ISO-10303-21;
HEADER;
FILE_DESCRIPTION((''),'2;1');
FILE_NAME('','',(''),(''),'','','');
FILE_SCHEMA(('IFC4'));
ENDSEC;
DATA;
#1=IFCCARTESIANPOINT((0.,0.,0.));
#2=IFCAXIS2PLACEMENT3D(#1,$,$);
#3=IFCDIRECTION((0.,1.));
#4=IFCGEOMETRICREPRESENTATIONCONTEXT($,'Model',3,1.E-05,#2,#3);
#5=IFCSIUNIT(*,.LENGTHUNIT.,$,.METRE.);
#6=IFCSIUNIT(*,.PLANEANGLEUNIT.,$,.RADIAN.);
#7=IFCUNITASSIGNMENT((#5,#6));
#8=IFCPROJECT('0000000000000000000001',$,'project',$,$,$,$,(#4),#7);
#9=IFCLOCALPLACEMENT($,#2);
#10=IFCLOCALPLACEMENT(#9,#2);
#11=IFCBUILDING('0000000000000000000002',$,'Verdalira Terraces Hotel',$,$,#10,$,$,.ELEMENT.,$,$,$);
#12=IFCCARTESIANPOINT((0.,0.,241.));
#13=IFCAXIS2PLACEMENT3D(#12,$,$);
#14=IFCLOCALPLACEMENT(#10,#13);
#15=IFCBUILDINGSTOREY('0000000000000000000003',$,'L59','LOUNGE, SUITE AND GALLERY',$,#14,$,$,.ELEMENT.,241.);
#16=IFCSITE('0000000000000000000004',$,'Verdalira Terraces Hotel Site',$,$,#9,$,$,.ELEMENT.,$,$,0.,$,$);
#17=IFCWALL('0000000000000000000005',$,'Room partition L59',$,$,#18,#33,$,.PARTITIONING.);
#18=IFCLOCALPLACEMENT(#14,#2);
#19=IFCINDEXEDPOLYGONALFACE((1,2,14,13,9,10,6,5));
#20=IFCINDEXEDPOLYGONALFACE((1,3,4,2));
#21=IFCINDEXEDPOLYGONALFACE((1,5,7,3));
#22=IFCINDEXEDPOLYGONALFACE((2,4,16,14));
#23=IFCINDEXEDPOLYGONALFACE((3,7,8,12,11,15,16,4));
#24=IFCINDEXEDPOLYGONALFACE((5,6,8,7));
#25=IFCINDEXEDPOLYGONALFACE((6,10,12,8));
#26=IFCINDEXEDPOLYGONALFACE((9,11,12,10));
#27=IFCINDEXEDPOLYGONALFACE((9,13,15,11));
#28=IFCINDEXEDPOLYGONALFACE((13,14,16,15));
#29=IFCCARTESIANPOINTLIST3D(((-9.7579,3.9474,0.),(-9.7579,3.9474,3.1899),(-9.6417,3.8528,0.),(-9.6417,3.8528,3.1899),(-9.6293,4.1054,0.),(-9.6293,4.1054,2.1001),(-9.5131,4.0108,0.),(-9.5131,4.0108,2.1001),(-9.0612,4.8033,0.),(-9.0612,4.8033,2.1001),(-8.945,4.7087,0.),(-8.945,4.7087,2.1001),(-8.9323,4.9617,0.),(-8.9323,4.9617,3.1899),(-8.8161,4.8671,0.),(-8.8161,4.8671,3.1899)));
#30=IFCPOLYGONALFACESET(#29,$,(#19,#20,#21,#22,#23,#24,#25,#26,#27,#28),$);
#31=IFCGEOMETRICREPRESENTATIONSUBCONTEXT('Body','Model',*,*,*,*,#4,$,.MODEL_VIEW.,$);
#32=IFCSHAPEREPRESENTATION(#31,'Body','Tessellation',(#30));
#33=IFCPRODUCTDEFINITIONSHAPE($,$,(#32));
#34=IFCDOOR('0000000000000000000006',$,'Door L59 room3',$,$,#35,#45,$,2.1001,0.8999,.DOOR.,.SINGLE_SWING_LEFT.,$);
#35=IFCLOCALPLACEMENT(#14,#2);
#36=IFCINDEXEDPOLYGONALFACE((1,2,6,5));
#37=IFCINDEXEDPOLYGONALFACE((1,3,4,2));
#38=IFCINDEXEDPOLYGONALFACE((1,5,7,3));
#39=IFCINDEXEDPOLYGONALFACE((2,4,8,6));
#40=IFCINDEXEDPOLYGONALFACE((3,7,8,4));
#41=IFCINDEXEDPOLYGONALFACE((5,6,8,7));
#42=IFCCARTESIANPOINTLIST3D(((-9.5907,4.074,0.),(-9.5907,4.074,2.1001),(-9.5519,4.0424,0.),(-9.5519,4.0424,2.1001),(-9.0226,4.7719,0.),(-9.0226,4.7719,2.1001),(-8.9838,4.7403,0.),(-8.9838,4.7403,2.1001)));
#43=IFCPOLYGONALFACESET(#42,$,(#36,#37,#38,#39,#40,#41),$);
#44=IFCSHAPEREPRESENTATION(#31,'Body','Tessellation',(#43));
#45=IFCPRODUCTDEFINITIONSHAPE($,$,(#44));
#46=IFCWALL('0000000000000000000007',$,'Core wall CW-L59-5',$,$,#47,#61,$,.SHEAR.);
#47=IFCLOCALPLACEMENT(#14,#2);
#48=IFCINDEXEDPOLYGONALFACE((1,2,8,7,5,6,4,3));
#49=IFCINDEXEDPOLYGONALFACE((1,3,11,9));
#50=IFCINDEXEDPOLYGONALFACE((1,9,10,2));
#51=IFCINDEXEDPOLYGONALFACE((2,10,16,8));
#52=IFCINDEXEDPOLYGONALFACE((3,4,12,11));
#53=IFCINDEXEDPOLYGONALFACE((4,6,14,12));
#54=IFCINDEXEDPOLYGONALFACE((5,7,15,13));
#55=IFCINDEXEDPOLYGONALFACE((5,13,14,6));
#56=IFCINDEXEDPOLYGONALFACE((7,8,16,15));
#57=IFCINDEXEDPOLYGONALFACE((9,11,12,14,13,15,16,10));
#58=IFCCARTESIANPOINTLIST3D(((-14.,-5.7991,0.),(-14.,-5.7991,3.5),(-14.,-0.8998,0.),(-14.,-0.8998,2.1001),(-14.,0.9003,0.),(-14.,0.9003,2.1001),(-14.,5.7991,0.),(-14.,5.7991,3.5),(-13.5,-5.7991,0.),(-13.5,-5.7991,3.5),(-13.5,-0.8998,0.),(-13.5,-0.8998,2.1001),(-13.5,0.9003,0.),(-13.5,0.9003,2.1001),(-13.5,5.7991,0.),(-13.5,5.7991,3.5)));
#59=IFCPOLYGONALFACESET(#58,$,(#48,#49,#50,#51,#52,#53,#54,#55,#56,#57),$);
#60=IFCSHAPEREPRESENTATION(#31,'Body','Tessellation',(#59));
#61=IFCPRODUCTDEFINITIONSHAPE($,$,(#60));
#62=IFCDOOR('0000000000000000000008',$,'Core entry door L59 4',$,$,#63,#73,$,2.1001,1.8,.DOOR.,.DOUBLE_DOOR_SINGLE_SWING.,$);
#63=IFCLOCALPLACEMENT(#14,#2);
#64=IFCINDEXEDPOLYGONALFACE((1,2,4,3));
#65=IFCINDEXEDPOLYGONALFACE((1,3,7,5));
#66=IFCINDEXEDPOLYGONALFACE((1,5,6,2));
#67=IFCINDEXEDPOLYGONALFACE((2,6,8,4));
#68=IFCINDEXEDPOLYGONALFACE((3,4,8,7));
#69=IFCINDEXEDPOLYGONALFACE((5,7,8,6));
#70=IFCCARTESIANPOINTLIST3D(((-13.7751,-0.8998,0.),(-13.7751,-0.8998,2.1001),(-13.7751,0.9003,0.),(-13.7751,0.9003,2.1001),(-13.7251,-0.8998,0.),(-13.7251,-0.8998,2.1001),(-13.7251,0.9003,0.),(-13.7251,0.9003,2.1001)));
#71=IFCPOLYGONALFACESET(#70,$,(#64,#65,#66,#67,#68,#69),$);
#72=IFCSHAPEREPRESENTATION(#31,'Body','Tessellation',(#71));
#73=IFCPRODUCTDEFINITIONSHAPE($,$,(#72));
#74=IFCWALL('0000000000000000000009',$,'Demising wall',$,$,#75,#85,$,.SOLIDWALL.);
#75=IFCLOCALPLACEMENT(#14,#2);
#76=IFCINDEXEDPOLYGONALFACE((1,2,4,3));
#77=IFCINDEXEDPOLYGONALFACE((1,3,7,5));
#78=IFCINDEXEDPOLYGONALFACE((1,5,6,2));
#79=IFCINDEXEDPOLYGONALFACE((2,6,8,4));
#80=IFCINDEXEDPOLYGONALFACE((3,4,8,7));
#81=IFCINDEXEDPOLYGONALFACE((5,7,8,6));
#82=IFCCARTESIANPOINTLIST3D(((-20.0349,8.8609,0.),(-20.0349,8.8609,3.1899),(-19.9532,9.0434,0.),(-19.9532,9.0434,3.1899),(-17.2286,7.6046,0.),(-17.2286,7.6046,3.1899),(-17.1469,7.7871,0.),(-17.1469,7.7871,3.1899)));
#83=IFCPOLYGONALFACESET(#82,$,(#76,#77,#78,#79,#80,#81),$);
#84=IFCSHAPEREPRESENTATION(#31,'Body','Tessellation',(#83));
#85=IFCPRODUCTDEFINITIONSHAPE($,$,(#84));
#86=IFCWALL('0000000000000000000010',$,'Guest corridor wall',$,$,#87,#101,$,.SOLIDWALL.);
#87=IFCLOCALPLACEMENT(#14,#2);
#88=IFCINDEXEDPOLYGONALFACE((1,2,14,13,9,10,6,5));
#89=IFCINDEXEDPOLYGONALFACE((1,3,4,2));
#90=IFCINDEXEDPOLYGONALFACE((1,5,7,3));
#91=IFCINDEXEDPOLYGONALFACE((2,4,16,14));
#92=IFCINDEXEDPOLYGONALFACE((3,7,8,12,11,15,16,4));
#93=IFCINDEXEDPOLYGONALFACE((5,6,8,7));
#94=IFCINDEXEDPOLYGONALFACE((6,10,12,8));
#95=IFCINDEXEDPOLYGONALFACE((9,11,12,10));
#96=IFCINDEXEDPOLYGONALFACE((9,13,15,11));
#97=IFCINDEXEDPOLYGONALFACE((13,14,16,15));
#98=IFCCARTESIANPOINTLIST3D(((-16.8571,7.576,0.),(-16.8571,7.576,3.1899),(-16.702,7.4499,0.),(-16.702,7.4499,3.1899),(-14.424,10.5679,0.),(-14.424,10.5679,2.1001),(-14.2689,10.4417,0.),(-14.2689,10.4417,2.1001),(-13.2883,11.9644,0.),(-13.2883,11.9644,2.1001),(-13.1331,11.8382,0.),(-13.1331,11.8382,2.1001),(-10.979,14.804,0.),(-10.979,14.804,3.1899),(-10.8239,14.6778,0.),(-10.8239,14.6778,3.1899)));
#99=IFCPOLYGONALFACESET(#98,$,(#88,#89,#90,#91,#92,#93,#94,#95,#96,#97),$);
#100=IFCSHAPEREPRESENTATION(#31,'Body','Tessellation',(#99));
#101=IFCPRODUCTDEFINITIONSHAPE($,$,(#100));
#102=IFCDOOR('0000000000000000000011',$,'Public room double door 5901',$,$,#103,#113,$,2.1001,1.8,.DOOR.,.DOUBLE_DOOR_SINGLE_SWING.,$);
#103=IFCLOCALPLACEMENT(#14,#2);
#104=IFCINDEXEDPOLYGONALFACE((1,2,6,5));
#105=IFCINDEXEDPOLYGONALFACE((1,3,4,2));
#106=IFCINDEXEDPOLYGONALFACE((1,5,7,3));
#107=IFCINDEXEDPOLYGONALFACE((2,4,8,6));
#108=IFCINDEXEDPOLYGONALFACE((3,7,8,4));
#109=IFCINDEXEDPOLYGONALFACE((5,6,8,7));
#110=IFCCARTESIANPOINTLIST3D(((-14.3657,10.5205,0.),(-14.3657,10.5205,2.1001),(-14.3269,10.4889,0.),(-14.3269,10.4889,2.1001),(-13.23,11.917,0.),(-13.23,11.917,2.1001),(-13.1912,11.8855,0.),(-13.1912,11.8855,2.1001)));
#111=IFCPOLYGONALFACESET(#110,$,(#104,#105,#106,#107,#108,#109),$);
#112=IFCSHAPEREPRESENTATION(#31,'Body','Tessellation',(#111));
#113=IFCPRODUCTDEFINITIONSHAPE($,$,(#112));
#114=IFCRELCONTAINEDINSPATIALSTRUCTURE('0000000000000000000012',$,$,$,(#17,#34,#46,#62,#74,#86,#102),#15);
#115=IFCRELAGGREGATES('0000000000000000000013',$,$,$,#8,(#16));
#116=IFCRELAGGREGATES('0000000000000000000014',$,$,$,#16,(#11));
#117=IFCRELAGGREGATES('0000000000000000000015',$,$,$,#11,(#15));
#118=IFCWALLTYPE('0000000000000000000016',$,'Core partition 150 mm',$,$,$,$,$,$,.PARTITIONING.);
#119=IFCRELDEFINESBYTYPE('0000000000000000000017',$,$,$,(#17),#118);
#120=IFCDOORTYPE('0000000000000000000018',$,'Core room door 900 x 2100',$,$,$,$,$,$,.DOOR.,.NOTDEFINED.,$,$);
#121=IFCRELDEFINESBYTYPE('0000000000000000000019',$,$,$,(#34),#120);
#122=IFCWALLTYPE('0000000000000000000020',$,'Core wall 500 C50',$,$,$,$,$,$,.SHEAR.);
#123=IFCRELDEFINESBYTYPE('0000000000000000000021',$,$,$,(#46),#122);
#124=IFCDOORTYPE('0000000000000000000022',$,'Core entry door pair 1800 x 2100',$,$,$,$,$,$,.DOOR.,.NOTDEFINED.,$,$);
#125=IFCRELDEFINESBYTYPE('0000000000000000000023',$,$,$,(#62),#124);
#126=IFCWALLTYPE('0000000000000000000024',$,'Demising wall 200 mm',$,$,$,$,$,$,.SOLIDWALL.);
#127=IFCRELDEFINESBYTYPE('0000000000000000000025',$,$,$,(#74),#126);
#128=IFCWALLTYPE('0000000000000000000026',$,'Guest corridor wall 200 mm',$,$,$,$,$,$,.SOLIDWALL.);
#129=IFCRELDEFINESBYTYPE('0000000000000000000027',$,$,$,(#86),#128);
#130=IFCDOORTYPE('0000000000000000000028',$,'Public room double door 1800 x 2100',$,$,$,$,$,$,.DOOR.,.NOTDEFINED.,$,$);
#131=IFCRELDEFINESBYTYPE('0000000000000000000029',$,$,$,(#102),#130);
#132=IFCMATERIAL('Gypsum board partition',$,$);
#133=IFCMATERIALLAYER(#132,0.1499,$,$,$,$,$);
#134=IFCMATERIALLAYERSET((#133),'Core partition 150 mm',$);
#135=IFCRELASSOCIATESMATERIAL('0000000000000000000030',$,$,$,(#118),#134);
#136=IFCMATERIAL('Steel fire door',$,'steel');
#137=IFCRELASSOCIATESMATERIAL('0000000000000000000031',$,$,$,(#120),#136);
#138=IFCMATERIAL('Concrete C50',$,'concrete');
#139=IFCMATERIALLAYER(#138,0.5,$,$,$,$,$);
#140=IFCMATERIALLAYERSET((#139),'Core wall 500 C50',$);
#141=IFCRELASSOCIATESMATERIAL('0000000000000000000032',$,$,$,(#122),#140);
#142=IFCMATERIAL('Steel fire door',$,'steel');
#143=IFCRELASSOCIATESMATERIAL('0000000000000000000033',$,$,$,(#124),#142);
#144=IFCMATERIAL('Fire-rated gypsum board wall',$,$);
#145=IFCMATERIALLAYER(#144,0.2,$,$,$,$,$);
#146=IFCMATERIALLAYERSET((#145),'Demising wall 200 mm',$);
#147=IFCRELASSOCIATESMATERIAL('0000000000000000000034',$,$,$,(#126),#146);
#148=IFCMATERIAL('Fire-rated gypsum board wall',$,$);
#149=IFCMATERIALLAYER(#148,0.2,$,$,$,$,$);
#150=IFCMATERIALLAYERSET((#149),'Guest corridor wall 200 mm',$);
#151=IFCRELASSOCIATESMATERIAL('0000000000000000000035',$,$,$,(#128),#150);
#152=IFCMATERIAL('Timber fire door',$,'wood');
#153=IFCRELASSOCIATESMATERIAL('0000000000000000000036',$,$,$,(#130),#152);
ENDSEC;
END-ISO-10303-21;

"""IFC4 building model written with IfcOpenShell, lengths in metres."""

from ifc_helpers import new_model, si_unit, direction, frame, frame_2d, origin, place, context, subcontext, project, spatial, rectangle, extrude, material, layer, layer_set, type_object, element, fill, save


model = new_model("IFC4")

# Units and contexts
model_context = context("Model", 3, precision=1e-05, world=origin(), true_north=direction((0.0, 1.0)))
body_context = subcontext(model_context, "Body", "Model", "MODEL_VIEW")
ifc_project = project(units=[si_unit("LENGTHUNIT", "METRE"), si_unit("PLANEANGLEUNIT", "RADIAN")], contexts=[model_context])

# Site, building, storey
site_placement = place(None, origin())
site = spatial("IfcSite", under=ifc_project, at=site_placement, Name="Verdalira Terraces Hotel Site", CompositionType="ELEMENT", RefElevation=0.0)
building_placement = place(site_placement, origin())
building = spatial("IfcBuilding", under=site, at=building_placement, Name="Verdalira Terraces Hotel", CompositionType="ELEMENT")
storey_placement = place(building_placement, frame((0.0, 0.0, 241.0)))
storey = spatial("IfcBuildingStorey", under=building, at=storey_placement, Name="L59", Description="LOUNGE, SUITE AND GALLERY", CompositionType="ELEMENT", Elevation=241.0)

# Walls, openings, doors
ifc_material_1 = material(Name="Gypsum board partition")
ifc_layer_1 = layer(ifc_material_1, 0.1499)
ifc_layer_set_1 = layer_set([ifc_layer_1], Name="Core partition 150 mm")
wall_type_1 = type_object("IfcWallType", Name="Core partition 150 mm", PredefinedType="PARTITIONING", material=ifc_layer_set_1)
wall_1_placement = place(storey_placement, frame((-8.8743, 4.9143, 0.0), z_axis=(0.0, 0.0, 1.0), x_axis=(-0.631274, -0.77556, 0.0)))
wall_1 = element("IfcWall", 1, at=wall_1_placement, inside=storey, type_object=wall_type_1, Name="Room partition L59", PredefinedType="PARTITIONING", context=body_context, shape_type="SweptSolid", body=[
    extrude(rectangle(XDim=1.3079, YDim=0.1499, at=frame_2d((0.6538, 0.0))), origin(), (0.0, 0.0, 1.0), 3.1899),
])
opening_1_placement = place(wall_1_placement, frame((0.2041, 0.0, 0.0)))
opening_1 = element("IfcOpeningElement", 2, at=opening_1_placement, cuts=wall_1, PredefinedType="OPENING", context=body_context, shape_type="SweptSolid", body=[
    extrude(rectangle(XDim=0.8999, YDim=2.1001, at=frame_2d((0.45, 1.05))), frame((0.0, 0.085, 0.0), z_axis=(0.0, -1.0, 0.0), x_axis=(1.0, 0.0, 0.0)), (0.0, 0.0, 1.0), 0.1699),
])
ifc_material_2 = material(Name="Steel fire door", Category="steel")
door_type_1 = type_object("IfcDoorType", Name="Core room door 900 x 2100", OperationType="NOTDEFINED", PredefinedType="DOOR", material=ifc_material_2)
door_1_placement = place(opening_1_placement, origin())
door_1 = element("IfcDoor", 3, at=door_1_placement, inside=storey, type_object=door_type_1, Name="Door L59 room3", OperationType="SINGLE_SWING_LEFT", OverallHeight=2.1001, OverallWidth=0.8999, PredefinedType="DOOR", context=body_context, shape_type="SweptSolid", body=[
    extrude(rectangle(XDim=0.8999, YDim=2.1001, at=frame_2d((0.45, 1.05))), frame((0.0, 0.0249, 0.0), z_axis=(0.0, -1.0, 0.0), x_axis=(1.0, 0.0, 0.0)), (0.0, 0.0, 1.0), 0.05),
])
fill(opening_1, door_1)
ifc_material_3 = material(Name="Concrete C50", Category="concrete")
ifc_layer_2 = layer(ifc_material_3, 0.5)
ifc_layer_set_2 = layer_set([ifc_layer_2], Name="Core wall 500 C50")
wall_type_2 = type_object("IfcWallType", Name="Core wall 500 C50", PredefinedType="SHEAR", material=ifc_layer_set_2)
wall_2_placement = place(storey_placement, frame((-13.75, 5.7991, 0.0), z_axis=(0.0, 0.0, 1.0), x_axis=(0.0, -1.0, 0.0)))
wall_2 = element("IfcWall", 4, at=wall_2_placement, inside=storey, type_object=wall_type_2, Name="Core wall CW-L59-5", PredefinedType="SHEAR", context=body_context, shape_type="SweptSolid", body=[
    extrude(rectangle(XDim=11.5981, YDim=0.5, at=frame_2d((5.7991, 0.0))), origin(), (0.0, 0.0, 1.0), 3.5),
])
opening_2_placement = place(wall_2_placement, frame((4.8989, 0.0, 0.0)))
opening_2 = element("IfcOpeningElement", 5, at=opening_2_placement, cuts=wall_2, PredefinedType="OPENING", context=body_context, shape_type="SweptSolid", body=[
    extrude(rectangle(XDim=1.8, YDim=2.1001, at=frame_2d((0.8999, 1.05))), frame((0.0, 0.26, 0.0), z_axis=(0.0, -1.0, 0.0), x_axis=(1.0, 0.0, 0.0)), (0.0, 0.0, 1.0), 0.52),
])
ifc_material_4 = material(Name="Steel fire door", Category="steel")
door_type_2 = type_object("IfcDoorType", Name="Core entry door pair 1800 x 2100", OperationType="NOTDEFINED", PredefinedType="DOOR", material=ifc_material_4)
door_2_placement = place(opening_2_placement, origin())
door_2 = element("IfcDoor", 6, at=door_2_placement, inside=storey, type_object=door_type_2, Name="Core entry door L59 4", OperationType="DOUBLE_DOOR_SINGLE_SWING", OverallHeight=2.1001, OverallWidth=1.8, PredefinedType="DOOR", context=body_context, shape_type="SweptSolid", body=[
    extrude(rectangle(XDim=1.8, YDim=2.1001, at=frame_2d((0.8999, 1.05))), frame((0.0, 0.0249, 0.0), z_axis=(0.0, -1.0, 0.0), x_axis=(1.0, 0.0, 0.0)), (0.0, 0.0, 1.0), 0.05),
])
fill(opening_2, door_2)

# Wall
ifc_material_5 = material(Name="Fire-rated gypsum board wall")
ifc_layer_3 = layer(ifc_material_5, 0.2)
ifc_layer_set_3 = layer_set([ifc_layer_3], Name="Demising wall 200 mm")
wall_type_3 = type_object("IfcWallType", Name="Demising wall 200 mm", PredefinedType="SOLIDWALL", material=ifc_layer_set_3)
wall_3_placement = place(storey_placement, frame((-17.1877, 7.6958, 0.0), z_axis=(0.0, 0.0, 1.0), x_axis=(-0.912715, 0.408598, 0.0)))
element("IfcWall", 7, at=wall_3_placement, inside=storey, type_object=wall_type_3, Name="Demising wall", PredefinedType="SOLIDWALL", context=body_context, shape_type="SweptSolid", body=[
    extrude(rectangle(XDim=3.0747, YDim=0.2, at=frame_2d((1.5374, 0.0))), origin(), (0.0, 0.0, 1.0), 3.1899),
])

# Wall, opening, door
ifc_material_6 = material(Name="Fire-rated gypsum board wall")
ifc_layer_4 = layer(ifc_material_6, 0.2)
ifc_layer_set_4 = layer_set([ifc_layer_4], Name="Guest corridor wall 200 mm")
wall_type_4 = type_object("IfcWallType", Name="Guest corridor wall 200 mm", PredefinedType="SOLIDWALL", material=ifc_layer_set_4)
wall_4_placement = place(storey_placement, frame((-16.7795, 7.5129, 0.0), z_axis=(0.0, 0.0, 1.0), x_axis=(0.630942, 0.77583, 0.0)))
wall_4 = element("IfcWall", 8, at=wall_4_placement, inside=storey, type_object=wall_type_4, Name="Guest corridor wall", PredefinedType="SOLIDWALL", context=body_context, shape_type="SweptSolid", body=[
    extrude(rectangle(XDim=9.3164, YDim=0.2, at=frame_2d((4.6582, 0.0))), origin(), (0.0, 0.0, 1.0), 3.1899),
])
opening_3_placement = place(wall_4_placement, frame((3.8564, 0.0, 0.0)))
opening_3 = element("IfcOpeningElement", 9, at=opening_3_placement, cuts=wall_4, PredefinedType="OPENING", context=body_context, shape_type="SweptSolid", body=[
    extrude(rectangle(XDim=1.8, YDim=2.1001, at=frame_2d((0.8999, 1.05))), frame((0.0, 0.1099, 0.0), z_axis=(0.0, -1.0, 0.0), x_axis=(1.0, 0.0, 0.0)), (0.0, 0.0, 1.0), 0.22),
])
ifc_material_7 = material(Name="Timber fire door", Category="wood")
door_type_3 = type_object("IfcDoorType", Name="Public room double door 1800 x 2100", OperationType="NOTDEFINED", PredefinedType="DOOR", material=ifc_material_7)
door_3_placement = place(opening_3_placement, origin())
door_3 = element("IfcDoor", 10, at=door_3_placement, inside=storey, type_object=door_type_3, Name="Public room double door 5901", OperationType="DOUBLE_DOOR_SINGLE_SWING", OverallHeight=2.1001, OverallWidth=1.8, PredefinedType="DOOR", context=body_context, shape_type="SweptSolid", body=[
    extrude(rectangle(XDim=1.8, YDim=2.1001, at=frame_2d((0.8999, 1.05))), frame((0.0, 0.0249, 0.0), z_axis=(0.0, -1.0, 0.0), x_axis=(1.0, 0.0, 0.0)), (0.0, 0.0, 1.0), 0.05),
])
fill(opening_3, door_3)

save(model, "model.ifc")
